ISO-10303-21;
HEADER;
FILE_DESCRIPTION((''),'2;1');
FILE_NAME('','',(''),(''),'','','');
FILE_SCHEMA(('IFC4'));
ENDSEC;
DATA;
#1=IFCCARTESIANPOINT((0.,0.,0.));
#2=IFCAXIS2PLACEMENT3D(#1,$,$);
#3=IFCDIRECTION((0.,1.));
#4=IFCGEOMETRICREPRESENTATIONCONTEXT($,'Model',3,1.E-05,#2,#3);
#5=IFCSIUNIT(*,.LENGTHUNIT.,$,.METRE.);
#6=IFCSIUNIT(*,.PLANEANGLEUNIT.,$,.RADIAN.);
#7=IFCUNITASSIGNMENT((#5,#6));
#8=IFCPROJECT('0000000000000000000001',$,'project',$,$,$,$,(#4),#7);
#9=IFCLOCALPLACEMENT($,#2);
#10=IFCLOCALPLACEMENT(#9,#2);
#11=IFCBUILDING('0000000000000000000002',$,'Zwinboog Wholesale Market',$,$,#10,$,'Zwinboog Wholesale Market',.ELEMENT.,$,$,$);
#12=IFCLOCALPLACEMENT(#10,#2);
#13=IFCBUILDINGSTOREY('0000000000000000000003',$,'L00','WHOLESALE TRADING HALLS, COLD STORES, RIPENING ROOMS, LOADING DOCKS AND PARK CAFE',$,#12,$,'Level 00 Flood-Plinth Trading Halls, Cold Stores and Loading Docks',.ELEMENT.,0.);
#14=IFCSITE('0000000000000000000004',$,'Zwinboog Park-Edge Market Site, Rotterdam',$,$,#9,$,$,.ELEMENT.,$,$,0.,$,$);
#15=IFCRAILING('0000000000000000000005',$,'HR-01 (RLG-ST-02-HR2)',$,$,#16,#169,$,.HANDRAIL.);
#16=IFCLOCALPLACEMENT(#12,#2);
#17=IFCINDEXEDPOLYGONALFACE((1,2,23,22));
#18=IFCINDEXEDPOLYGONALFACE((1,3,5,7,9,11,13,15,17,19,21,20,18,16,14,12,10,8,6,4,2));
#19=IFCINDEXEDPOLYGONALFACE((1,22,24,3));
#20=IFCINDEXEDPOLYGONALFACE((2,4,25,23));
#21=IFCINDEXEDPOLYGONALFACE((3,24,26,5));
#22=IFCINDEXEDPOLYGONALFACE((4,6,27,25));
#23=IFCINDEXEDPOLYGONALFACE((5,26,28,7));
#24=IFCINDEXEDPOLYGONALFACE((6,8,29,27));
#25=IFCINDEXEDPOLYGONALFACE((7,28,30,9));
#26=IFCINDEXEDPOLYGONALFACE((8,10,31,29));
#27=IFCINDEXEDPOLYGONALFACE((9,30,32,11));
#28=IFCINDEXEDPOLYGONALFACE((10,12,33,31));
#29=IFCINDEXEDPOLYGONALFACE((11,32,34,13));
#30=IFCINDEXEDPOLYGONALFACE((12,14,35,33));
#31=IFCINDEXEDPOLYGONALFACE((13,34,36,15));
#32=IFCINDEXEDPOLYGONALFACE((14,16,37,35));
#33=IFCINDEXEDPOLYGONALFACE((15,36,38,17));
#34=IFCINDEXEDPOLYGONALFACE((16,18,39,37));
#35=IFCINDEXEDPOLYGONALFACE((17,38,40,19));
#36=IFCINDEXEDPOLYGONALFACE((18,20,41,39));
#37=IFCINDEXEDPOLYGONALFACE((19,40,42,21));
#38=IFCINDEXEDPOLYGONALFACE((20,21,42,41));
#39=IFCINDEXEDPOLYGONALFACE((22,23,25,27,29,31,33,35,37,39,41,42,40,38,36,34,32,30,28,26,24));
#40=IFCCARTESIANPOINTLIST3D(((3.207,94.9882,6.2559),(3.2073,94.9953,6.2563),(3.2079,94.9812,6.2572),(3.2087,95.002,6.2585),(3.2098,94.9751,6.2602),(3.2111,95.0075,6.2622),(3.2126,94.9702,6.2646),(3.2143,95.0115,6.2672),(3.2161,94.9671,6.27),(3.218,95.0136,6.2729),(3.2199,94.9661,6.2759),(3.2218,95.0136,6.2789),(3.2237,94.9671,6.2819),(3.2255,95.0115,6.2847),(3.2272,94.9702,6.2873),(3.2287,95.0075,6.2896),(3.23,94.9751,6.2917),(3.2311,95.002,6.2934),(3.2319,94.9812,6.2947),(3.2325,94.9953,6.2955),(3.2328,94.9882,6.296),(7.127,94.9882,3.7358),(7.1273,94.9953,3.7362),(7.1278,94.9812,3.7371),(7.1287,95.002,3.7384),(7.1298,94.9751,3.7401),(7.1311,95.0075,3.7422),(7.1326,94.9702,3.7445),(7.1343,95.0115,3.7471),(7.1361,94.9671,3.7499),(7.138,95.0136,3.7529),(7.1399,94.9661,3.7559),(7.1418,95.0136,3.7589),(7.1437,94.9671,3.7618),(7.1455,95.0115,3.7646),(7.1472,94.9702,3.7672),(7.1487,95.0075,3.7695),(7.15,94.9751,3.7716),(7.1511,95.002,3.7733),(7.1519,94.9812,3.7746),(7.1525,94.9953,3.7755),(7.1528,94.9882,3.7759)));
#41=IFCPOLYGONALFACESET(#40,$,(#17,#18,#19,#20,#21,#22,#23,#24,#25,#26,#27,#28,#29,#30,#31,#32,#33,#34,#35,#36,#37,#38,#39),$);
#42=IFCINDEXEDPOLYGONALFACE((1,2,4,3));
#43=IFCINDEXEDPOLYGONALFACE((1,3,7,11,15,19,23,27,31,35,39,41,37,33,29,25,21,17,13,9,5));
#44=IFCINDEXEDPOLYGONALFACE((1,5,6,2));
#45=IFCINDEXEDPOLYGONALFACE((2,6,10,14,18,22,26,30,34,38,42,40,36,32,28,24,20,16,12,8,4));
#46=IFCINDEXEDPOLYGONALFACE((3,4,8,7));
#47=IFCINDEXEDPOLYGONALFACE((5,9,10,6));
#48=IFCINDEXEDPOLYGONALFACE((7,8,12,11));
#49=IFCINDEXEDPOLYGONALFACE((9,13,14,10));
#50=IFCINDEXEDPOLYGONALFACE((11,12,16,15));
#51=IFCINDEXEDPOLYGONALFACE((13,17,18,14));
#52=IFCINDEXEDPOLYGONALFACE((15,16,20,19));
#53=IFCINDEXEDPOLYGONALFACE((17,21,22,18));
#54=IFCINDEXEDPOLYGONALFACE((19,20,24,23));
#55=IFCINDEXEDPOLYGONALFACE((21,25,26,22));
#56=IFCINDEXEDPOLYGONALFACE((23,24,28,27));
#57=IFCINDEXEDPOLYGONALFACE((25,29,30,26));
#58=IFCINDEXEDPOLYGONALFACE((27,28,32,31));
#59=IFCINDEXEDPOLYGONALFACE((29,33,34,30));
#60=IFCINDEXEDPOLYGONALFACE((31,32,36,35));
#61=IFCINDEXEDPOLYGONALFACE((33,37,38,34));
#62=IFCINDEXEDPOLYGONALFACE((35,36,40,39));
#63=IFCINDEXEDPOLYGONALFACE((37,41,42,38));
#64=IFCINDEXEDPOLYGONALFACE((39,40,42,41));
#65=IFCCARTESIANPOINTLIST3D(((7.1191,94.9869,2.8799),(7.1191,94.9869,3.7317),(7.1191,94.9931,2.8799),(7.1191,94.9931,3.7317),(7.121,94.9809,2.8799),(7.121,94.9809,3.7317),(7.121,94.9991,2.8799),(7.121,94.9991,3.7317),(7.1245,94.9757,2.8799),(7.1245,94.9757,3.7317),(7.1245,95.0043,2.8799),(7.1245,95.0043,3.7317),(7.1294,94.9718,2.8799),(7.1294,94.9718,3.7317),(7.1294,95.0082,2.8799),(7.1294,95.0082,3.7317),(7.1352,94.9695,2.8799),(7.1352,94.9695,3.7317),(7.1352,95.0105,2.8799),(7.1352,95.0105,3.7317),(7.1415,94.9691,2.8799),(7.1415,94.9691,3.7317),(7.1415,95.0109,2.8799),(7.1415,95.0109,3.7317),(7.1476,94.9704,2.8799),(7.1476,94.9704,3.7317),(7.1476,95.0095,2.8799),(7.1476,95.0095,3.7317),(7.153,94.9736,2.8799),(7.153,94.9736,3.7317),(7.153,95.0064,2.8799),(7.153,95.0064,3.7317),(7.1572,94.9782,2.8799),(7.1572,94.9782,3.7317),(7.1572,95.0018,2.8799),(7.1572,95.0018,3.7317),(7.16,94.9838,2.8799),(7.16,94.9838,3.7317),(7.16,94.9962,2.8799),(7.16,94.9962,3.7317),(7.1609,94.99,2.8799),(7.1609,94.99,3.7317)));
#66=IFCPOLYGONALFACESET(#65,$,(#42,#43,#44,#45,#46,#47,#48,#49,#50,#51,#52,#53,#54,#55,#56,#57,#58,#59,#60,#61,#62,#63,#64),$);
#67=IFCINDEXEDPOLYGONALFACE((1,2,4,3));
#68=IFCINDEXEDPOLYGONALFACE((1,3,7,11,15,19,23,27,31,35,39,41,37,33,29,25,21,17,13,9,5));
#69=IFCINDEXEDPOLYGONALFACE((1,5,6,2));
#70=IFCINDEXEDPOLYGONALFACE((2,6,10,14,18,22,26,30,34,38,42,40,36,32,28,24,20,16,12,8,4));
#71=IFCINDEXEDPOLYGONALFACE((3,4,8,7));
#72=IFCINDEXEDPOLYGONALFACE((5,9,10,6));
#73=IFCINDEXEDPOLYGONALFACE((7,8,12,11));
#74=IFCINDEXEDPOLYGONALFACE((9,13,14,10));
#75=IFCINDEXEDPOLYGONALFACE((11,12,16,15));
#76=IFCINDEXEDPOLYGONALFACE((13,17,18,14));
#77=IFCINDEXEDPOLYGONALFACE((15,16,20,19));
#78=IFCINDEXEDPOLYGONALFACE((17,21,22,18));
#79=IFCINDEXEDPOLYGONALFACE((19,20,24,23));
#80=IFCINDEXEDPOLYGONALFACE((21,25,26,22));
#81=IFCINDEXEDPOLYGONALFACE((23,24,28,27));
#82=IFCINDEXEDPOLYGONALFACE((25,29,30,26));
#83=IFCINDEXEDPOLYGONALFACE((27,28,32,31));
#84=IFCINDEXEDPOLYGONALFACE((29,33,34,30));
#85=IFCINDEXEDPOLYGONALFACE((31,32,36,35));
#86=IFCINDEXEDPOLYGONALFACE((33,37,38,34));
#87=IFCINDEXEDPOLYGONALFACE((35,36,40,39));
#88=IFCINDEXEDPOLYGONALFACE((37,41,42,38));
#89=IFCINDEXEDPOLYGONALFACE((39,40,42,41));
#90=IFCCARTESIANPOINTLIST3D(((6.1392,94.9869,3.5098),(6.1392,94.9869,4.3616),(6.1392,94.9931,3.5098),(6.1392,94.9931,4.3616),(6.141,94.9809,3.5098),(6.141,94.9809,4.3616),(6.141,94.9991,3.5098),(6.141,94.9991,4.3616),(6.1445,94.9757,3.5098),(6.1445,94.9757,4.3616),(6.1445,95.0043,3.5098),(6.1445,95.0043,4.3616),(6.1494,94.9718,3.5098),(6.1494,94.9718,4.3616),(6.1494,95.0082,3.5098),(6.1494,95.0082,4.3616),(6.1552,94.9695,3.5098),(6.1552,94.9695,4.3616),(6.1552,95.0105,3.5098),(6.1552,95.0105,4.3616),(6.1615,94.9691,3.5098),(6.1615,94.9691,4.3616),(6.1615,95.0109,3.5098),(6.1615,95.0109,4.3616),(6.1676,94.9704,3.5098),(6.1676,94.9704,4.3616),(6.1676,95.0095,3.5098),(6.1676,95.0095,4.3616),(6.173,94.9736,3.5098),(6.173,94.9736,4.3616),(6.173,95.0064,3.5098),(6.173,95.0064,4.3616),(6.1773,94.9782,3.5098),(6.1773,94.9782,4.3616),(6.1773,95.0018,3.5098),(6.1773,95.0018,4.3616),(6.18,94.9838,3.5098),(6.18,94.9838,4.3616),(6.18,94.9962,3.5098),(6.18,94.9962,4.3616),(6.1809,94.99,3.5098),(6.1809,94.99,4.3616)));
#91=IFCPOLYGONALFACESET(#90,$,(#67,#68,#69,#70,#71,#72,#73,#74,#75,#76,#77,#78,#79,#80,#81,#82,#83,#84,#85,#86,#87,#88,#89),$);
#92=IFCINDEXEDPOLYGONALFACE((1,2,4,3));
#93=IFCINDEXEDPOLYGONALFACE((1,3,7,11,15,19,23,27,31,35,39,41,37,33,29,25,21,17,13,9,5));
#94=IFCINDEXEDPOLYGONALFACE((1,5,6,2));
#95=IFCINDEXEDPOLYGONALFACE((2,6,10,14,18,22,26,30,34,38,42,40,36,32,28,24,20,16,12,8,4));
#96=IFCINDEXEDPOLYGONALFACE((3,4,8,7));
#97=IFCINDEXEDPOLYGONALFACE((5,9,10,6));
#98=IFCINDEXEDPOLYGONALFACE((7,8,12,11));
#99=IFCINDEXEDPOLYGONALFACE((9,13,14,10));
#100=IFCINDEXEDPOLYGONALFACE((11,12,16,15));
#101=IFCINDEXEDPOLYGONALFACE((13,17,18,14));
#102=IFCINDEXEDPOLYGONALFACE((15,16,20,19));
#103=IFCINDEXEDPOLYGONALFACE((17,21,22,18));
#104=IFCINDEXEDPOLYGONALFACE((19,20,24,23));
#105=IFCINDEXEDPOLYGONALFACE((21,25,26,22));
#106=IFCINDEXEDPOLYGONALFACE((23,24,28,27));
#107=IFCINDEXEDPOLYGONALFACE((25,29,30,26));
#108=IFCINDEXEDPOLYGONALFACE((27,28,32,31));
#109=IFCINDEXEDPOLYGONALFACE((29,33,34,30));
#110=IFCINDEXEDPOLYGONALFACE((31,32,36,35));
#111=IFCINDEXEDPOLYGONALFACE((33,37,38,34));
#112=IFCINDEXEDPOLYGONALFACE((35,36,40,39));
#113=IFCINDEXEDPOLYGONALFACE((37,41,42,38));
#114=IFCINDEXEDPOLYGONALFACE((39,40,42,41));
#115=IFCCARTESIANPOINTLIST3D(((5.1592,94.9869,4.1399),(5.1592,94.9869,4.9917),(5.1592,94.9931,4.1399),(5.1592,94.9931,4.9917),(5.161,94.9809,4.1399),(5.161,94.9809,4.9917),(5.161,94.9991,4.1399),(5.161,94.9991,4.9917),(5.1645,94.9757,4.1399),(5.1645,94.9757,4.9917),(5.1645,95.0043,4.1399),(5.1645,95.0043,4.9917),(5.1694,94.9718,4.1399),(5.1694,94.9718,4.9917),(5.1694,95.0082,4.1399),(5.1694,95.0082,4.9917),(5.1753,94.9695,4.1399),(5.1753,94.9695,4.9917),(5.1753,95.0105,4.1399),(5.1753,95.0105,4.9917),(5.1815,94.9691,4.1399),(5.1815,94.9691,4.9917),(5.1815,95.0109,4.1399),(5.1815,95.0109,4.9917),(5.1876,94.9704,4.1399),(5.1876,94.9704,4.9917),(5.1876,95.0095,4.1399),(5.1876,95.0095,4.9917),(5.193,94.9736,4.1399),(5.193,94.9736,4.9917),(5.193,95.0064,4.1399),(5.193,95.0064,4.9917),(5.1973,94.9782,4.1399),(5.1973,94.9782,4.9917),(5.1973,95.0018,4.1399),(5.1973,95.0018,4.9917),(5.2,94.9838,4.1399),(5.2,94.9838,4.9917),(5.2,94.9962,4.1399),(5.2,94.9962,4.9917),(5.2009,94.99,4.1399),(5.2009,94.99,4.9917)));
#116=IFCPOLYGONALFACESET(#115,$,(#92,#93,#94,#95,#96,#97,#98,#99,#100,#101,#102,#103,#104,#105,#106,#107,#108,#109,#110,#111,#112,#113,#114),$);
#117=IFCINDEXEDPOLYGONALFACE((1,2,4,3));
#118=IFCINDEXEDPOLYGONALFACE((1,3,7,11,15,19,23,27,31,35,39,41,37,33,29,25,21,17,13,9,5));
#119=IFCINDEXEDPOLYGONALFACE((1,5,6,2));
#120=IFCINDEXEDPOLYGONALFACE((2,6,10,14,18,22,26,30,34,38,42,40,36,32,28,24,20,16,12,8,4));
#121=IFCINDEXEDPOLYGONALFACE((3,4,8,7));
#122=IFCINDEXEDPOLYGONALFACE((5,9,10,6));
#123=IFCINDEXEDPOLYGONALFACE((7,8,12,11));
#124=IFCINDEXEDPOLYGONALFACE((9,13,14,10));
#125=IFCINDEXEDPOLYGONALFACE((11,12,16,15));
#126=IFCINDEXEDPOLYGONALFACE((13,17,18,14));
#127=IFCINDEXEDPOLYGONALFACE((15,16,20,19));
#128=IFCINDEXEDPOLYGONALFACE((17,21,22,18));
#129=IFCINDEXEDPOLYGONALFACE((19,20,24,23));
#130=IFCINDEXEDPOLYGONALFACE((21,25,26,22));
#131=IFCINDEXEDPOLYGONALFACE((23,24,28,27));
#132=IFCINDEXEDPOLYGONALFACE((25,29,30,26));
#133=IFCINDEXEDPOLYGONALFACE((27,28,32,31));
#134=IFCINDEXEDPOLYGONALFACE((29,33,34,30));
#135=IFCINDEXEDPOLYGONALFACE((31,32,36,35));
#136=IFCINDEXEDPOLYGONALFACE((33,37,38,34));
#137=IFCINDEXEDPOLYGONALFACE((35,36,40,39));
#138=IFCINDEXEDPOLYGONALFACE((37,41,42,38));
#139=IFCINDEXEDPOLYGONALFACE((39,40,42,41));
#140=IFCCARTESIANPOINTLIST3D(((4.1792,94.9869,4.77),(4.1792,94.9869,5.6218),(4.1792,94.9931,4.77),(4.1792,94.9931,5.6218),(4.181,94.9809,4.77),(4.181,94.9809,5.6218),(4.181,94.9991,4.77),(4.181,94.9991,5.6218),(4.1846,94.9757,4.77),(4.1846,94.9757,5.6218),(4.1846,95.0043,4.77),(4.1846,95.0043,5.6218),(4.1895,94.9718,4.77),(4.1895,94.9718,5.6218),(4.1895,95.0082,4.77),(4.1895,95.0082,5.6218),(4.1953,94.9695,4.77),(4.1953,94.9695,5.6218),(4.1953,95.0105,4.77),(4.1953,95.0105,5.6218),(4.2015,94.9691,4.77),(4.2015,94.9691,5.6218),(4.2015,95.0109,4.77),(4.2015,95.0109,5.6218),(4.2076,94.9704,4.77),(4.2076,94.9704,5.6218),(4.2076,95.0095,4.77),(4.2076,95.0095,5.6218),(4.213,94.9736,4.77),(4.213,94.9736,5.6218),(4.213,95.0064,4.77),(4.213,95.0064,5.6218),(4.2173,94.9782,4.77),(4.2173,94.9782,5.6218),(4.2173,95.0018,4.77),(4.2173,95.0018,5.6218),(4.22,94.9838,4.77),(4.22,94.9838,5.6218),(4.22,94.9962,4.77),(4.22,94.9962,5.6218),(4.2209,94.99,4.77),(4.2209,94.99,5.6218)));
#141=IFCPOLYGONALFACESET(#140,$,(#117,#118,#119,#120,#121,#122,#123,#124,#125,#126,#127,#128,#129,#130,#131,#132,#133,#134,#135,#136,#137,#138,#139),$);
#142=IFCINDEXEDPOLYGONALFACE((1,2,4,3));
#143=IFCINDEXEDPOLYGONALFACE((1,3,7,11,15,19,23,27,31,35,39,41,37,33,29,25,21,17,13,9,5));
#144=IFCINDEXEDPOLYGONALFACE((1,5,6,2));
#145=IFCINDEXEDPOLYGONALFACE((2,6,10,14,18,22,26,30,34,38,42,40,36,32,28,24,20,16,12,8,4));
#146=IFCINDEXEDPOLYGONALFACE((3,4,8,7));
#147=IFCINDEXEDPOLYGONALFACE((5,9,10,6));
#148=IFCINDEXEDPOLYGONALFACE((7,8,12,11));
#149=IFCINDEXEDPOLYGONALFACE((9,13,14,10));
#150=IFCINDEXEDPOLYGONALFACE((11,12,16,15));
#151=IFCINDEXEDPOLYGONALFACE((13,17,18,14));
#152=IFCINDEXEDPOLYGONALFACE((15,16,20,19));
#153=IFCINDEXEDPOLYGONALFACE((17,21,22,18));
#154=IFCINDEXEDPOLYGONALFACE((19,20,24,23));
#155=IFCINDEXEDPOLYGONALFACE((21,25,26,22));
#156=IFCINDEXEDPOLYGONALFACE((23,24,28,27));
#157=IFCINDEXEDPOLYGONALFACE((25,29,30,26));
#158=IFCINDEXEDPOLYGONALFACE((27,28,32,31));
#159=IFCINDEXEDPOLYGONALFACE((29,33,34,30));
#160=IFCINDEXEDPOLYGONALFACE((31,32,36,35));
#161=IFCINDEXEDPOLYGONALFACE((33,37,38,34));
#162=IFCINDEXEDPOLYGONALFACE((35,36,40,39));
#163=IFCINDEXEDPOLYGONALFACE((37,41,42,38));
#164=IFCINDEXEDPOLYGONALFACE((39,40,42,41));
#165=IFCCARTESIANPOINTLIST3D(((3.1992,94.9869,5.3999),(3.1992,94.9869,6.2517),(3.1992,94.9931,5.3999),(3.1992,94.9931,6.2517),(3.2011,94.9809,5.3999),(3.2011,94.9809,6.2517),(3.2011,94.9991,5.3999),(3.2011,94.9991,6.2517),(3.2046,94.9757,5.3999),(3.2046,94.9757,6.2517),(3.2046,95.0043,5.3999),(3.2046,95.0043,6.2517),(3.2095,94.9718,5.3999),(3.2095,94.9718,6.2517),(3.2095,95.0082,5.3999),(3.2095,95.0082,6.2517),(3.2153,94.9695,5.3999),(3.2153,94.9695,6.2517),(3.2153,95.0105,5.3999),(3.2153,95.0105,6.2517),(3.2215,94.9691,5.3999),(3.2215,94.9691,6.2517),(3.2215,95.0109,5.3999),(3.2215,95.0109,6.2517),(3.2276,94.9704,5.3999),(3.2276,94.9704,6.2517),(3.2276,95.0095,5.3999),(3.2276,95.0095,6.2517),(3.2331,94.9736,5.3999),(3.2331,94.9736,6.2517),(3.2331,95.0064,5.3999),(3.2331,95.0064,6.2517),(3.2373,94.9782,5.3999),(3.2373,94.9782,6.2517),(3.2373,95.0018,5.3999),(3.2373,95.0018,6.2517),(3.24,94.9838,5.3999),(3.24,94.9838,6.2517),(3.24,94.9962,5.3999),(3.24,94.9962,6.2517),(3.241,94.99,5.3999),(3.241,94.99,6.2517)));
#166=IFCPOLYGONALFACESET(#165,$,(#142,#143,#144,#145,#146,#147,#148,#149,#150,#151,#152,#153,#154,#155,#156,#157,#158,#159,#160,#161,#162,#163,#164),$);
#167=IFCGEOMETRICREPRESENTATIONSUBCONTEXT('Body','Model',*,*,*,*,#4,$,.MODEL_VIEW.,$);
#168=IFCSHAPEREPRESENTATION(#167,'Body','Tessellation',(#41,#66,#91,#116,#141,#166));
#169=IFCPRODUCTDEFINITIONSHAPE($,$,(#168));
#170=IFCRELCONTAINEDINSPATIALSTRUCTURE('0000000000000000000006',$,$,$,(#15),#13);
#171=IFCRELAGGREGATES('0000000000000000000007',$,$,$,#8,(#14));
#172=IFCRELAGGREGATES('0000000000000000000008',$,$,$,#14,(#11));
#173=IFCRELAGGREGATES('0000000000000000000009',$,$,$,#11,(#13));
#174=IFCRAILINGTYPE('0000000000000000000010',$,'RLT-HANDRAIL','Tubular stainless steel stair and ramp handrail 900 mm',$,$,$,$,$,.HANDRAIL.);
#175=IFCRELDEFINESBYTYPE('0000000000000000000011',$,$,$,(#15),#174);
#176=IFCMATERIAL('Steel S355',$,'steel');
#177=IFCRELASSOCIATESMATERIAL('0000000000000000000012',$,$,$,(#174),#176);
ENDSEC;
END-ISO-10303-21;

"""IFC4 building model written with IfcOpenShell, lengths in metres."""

from ifc_helpers import new_model, si_unit, direction, frame, origin, origin_2d, place, context, subcontext, project, spatial, circle, extrude, material, type_object, element, save


model = new_model("IFC4")

# Units and contexts
model_context = context("Model", 3, precision=1e-05, world=origin(), true_north=direction((0.0, 1.0)))
body_context = subcontext(model_context, "Body", "Model", "MODEL_VIEW")
ifc_project = project(units=[si_unit("LENGTHUNIT", "METRE"), si_unit("PLANEANGLEUNIT", "RADIAN")], contexts=[model_context])

# Site, building, storey
site_placement = place(None, origin())
site = spatial("IfcSite", under=ifc_project, at=site_placement, Name="Zwinboog Park-Edge Market Site, Rotterdam", CompositionType="ELEMENT", RefElevation=0.0)
building_placement = place(site_placement, origin())
building = spatial("IfcBuilding", under=site, at=building_placement, Name="Zwinboog Wholesale Market", LongName="Zwinboog Wholesale Market", CompositionType="ELEMENT")
storey_placement = place(building_placement, origin())
storey = spatial("IfcBuildingStorey", under=building, at=storey_placement, Name="L00", Description="WHOLESALE TRADING HALLS, COLD STORES, RIPENING ROOMS, LOADING DOCKS AND PARK CAFE", LongName="Level 00 Flood-Plinth Trading Halls, Cold Stores and Loading Docks", CompositionType="ELEMENT", Elevation=0.0)

# Railing
ifc_material_1 = material(Name="Steel S355", Category="steel")
railing_type_1 = type_object("IfcRailingType", Name="RLT-HANDRAIL", Description="Tubular stainless steel stair and ramp handrail 900 mm", PredefinedType="HANDRAIL", material=ifc_material_1)
railing_1_placement = place(storey_placement, frame((7.1399, 94.99, 2.8799)))
element("IfcRailing", 1, at=railing_1_placement, inside=storey, type_object=railing_type_1, Name="HR-01 (RLG-ST-02-HR2)", PredefinedType="HANDRAIL", context=body_context, shape_type="SweptSolid", body=[
    extrude(circle(Radius=0.0239, at=origin_2d()), frame((0.0, 0.0, 0.876), z_axis=(-0.841172, 0.0, 0.540768), x_axis=(0.0, -1.0, 0.0)), (0.0, 0.0, 1.0), 4.6602),
    extrude(circle(Radius=0.021, at=origin_2d()), origin(), (0.0, 0.0, 1.0), 0.8518),
    extrude(circle(Radius=0.021, at=origin_2d()), frame((-0.98, 0.0, 0.6299)), (0.0, 0.0, 1.0), 0.8518),
    extrude(circle(Radius=0.021, at=origin_2d()), frame((-1.96, 0.0, 1.26)), (0.0, 0.0, 1.0), 0.8518),
    extrude(circle(Radius=0.021, at=origin_2d()), frame((-2.9399, 0.0, 1.8901)), (0.0, 0.0, 1.0), 0.8518),
    extrude(circle(Radius=0.021, at=origin_2d()), frame((-3.9199, 0.0, 2.52)), (0.0, 0.0, 1.0), 0.8518),
])

save(model, "model.ifc")
